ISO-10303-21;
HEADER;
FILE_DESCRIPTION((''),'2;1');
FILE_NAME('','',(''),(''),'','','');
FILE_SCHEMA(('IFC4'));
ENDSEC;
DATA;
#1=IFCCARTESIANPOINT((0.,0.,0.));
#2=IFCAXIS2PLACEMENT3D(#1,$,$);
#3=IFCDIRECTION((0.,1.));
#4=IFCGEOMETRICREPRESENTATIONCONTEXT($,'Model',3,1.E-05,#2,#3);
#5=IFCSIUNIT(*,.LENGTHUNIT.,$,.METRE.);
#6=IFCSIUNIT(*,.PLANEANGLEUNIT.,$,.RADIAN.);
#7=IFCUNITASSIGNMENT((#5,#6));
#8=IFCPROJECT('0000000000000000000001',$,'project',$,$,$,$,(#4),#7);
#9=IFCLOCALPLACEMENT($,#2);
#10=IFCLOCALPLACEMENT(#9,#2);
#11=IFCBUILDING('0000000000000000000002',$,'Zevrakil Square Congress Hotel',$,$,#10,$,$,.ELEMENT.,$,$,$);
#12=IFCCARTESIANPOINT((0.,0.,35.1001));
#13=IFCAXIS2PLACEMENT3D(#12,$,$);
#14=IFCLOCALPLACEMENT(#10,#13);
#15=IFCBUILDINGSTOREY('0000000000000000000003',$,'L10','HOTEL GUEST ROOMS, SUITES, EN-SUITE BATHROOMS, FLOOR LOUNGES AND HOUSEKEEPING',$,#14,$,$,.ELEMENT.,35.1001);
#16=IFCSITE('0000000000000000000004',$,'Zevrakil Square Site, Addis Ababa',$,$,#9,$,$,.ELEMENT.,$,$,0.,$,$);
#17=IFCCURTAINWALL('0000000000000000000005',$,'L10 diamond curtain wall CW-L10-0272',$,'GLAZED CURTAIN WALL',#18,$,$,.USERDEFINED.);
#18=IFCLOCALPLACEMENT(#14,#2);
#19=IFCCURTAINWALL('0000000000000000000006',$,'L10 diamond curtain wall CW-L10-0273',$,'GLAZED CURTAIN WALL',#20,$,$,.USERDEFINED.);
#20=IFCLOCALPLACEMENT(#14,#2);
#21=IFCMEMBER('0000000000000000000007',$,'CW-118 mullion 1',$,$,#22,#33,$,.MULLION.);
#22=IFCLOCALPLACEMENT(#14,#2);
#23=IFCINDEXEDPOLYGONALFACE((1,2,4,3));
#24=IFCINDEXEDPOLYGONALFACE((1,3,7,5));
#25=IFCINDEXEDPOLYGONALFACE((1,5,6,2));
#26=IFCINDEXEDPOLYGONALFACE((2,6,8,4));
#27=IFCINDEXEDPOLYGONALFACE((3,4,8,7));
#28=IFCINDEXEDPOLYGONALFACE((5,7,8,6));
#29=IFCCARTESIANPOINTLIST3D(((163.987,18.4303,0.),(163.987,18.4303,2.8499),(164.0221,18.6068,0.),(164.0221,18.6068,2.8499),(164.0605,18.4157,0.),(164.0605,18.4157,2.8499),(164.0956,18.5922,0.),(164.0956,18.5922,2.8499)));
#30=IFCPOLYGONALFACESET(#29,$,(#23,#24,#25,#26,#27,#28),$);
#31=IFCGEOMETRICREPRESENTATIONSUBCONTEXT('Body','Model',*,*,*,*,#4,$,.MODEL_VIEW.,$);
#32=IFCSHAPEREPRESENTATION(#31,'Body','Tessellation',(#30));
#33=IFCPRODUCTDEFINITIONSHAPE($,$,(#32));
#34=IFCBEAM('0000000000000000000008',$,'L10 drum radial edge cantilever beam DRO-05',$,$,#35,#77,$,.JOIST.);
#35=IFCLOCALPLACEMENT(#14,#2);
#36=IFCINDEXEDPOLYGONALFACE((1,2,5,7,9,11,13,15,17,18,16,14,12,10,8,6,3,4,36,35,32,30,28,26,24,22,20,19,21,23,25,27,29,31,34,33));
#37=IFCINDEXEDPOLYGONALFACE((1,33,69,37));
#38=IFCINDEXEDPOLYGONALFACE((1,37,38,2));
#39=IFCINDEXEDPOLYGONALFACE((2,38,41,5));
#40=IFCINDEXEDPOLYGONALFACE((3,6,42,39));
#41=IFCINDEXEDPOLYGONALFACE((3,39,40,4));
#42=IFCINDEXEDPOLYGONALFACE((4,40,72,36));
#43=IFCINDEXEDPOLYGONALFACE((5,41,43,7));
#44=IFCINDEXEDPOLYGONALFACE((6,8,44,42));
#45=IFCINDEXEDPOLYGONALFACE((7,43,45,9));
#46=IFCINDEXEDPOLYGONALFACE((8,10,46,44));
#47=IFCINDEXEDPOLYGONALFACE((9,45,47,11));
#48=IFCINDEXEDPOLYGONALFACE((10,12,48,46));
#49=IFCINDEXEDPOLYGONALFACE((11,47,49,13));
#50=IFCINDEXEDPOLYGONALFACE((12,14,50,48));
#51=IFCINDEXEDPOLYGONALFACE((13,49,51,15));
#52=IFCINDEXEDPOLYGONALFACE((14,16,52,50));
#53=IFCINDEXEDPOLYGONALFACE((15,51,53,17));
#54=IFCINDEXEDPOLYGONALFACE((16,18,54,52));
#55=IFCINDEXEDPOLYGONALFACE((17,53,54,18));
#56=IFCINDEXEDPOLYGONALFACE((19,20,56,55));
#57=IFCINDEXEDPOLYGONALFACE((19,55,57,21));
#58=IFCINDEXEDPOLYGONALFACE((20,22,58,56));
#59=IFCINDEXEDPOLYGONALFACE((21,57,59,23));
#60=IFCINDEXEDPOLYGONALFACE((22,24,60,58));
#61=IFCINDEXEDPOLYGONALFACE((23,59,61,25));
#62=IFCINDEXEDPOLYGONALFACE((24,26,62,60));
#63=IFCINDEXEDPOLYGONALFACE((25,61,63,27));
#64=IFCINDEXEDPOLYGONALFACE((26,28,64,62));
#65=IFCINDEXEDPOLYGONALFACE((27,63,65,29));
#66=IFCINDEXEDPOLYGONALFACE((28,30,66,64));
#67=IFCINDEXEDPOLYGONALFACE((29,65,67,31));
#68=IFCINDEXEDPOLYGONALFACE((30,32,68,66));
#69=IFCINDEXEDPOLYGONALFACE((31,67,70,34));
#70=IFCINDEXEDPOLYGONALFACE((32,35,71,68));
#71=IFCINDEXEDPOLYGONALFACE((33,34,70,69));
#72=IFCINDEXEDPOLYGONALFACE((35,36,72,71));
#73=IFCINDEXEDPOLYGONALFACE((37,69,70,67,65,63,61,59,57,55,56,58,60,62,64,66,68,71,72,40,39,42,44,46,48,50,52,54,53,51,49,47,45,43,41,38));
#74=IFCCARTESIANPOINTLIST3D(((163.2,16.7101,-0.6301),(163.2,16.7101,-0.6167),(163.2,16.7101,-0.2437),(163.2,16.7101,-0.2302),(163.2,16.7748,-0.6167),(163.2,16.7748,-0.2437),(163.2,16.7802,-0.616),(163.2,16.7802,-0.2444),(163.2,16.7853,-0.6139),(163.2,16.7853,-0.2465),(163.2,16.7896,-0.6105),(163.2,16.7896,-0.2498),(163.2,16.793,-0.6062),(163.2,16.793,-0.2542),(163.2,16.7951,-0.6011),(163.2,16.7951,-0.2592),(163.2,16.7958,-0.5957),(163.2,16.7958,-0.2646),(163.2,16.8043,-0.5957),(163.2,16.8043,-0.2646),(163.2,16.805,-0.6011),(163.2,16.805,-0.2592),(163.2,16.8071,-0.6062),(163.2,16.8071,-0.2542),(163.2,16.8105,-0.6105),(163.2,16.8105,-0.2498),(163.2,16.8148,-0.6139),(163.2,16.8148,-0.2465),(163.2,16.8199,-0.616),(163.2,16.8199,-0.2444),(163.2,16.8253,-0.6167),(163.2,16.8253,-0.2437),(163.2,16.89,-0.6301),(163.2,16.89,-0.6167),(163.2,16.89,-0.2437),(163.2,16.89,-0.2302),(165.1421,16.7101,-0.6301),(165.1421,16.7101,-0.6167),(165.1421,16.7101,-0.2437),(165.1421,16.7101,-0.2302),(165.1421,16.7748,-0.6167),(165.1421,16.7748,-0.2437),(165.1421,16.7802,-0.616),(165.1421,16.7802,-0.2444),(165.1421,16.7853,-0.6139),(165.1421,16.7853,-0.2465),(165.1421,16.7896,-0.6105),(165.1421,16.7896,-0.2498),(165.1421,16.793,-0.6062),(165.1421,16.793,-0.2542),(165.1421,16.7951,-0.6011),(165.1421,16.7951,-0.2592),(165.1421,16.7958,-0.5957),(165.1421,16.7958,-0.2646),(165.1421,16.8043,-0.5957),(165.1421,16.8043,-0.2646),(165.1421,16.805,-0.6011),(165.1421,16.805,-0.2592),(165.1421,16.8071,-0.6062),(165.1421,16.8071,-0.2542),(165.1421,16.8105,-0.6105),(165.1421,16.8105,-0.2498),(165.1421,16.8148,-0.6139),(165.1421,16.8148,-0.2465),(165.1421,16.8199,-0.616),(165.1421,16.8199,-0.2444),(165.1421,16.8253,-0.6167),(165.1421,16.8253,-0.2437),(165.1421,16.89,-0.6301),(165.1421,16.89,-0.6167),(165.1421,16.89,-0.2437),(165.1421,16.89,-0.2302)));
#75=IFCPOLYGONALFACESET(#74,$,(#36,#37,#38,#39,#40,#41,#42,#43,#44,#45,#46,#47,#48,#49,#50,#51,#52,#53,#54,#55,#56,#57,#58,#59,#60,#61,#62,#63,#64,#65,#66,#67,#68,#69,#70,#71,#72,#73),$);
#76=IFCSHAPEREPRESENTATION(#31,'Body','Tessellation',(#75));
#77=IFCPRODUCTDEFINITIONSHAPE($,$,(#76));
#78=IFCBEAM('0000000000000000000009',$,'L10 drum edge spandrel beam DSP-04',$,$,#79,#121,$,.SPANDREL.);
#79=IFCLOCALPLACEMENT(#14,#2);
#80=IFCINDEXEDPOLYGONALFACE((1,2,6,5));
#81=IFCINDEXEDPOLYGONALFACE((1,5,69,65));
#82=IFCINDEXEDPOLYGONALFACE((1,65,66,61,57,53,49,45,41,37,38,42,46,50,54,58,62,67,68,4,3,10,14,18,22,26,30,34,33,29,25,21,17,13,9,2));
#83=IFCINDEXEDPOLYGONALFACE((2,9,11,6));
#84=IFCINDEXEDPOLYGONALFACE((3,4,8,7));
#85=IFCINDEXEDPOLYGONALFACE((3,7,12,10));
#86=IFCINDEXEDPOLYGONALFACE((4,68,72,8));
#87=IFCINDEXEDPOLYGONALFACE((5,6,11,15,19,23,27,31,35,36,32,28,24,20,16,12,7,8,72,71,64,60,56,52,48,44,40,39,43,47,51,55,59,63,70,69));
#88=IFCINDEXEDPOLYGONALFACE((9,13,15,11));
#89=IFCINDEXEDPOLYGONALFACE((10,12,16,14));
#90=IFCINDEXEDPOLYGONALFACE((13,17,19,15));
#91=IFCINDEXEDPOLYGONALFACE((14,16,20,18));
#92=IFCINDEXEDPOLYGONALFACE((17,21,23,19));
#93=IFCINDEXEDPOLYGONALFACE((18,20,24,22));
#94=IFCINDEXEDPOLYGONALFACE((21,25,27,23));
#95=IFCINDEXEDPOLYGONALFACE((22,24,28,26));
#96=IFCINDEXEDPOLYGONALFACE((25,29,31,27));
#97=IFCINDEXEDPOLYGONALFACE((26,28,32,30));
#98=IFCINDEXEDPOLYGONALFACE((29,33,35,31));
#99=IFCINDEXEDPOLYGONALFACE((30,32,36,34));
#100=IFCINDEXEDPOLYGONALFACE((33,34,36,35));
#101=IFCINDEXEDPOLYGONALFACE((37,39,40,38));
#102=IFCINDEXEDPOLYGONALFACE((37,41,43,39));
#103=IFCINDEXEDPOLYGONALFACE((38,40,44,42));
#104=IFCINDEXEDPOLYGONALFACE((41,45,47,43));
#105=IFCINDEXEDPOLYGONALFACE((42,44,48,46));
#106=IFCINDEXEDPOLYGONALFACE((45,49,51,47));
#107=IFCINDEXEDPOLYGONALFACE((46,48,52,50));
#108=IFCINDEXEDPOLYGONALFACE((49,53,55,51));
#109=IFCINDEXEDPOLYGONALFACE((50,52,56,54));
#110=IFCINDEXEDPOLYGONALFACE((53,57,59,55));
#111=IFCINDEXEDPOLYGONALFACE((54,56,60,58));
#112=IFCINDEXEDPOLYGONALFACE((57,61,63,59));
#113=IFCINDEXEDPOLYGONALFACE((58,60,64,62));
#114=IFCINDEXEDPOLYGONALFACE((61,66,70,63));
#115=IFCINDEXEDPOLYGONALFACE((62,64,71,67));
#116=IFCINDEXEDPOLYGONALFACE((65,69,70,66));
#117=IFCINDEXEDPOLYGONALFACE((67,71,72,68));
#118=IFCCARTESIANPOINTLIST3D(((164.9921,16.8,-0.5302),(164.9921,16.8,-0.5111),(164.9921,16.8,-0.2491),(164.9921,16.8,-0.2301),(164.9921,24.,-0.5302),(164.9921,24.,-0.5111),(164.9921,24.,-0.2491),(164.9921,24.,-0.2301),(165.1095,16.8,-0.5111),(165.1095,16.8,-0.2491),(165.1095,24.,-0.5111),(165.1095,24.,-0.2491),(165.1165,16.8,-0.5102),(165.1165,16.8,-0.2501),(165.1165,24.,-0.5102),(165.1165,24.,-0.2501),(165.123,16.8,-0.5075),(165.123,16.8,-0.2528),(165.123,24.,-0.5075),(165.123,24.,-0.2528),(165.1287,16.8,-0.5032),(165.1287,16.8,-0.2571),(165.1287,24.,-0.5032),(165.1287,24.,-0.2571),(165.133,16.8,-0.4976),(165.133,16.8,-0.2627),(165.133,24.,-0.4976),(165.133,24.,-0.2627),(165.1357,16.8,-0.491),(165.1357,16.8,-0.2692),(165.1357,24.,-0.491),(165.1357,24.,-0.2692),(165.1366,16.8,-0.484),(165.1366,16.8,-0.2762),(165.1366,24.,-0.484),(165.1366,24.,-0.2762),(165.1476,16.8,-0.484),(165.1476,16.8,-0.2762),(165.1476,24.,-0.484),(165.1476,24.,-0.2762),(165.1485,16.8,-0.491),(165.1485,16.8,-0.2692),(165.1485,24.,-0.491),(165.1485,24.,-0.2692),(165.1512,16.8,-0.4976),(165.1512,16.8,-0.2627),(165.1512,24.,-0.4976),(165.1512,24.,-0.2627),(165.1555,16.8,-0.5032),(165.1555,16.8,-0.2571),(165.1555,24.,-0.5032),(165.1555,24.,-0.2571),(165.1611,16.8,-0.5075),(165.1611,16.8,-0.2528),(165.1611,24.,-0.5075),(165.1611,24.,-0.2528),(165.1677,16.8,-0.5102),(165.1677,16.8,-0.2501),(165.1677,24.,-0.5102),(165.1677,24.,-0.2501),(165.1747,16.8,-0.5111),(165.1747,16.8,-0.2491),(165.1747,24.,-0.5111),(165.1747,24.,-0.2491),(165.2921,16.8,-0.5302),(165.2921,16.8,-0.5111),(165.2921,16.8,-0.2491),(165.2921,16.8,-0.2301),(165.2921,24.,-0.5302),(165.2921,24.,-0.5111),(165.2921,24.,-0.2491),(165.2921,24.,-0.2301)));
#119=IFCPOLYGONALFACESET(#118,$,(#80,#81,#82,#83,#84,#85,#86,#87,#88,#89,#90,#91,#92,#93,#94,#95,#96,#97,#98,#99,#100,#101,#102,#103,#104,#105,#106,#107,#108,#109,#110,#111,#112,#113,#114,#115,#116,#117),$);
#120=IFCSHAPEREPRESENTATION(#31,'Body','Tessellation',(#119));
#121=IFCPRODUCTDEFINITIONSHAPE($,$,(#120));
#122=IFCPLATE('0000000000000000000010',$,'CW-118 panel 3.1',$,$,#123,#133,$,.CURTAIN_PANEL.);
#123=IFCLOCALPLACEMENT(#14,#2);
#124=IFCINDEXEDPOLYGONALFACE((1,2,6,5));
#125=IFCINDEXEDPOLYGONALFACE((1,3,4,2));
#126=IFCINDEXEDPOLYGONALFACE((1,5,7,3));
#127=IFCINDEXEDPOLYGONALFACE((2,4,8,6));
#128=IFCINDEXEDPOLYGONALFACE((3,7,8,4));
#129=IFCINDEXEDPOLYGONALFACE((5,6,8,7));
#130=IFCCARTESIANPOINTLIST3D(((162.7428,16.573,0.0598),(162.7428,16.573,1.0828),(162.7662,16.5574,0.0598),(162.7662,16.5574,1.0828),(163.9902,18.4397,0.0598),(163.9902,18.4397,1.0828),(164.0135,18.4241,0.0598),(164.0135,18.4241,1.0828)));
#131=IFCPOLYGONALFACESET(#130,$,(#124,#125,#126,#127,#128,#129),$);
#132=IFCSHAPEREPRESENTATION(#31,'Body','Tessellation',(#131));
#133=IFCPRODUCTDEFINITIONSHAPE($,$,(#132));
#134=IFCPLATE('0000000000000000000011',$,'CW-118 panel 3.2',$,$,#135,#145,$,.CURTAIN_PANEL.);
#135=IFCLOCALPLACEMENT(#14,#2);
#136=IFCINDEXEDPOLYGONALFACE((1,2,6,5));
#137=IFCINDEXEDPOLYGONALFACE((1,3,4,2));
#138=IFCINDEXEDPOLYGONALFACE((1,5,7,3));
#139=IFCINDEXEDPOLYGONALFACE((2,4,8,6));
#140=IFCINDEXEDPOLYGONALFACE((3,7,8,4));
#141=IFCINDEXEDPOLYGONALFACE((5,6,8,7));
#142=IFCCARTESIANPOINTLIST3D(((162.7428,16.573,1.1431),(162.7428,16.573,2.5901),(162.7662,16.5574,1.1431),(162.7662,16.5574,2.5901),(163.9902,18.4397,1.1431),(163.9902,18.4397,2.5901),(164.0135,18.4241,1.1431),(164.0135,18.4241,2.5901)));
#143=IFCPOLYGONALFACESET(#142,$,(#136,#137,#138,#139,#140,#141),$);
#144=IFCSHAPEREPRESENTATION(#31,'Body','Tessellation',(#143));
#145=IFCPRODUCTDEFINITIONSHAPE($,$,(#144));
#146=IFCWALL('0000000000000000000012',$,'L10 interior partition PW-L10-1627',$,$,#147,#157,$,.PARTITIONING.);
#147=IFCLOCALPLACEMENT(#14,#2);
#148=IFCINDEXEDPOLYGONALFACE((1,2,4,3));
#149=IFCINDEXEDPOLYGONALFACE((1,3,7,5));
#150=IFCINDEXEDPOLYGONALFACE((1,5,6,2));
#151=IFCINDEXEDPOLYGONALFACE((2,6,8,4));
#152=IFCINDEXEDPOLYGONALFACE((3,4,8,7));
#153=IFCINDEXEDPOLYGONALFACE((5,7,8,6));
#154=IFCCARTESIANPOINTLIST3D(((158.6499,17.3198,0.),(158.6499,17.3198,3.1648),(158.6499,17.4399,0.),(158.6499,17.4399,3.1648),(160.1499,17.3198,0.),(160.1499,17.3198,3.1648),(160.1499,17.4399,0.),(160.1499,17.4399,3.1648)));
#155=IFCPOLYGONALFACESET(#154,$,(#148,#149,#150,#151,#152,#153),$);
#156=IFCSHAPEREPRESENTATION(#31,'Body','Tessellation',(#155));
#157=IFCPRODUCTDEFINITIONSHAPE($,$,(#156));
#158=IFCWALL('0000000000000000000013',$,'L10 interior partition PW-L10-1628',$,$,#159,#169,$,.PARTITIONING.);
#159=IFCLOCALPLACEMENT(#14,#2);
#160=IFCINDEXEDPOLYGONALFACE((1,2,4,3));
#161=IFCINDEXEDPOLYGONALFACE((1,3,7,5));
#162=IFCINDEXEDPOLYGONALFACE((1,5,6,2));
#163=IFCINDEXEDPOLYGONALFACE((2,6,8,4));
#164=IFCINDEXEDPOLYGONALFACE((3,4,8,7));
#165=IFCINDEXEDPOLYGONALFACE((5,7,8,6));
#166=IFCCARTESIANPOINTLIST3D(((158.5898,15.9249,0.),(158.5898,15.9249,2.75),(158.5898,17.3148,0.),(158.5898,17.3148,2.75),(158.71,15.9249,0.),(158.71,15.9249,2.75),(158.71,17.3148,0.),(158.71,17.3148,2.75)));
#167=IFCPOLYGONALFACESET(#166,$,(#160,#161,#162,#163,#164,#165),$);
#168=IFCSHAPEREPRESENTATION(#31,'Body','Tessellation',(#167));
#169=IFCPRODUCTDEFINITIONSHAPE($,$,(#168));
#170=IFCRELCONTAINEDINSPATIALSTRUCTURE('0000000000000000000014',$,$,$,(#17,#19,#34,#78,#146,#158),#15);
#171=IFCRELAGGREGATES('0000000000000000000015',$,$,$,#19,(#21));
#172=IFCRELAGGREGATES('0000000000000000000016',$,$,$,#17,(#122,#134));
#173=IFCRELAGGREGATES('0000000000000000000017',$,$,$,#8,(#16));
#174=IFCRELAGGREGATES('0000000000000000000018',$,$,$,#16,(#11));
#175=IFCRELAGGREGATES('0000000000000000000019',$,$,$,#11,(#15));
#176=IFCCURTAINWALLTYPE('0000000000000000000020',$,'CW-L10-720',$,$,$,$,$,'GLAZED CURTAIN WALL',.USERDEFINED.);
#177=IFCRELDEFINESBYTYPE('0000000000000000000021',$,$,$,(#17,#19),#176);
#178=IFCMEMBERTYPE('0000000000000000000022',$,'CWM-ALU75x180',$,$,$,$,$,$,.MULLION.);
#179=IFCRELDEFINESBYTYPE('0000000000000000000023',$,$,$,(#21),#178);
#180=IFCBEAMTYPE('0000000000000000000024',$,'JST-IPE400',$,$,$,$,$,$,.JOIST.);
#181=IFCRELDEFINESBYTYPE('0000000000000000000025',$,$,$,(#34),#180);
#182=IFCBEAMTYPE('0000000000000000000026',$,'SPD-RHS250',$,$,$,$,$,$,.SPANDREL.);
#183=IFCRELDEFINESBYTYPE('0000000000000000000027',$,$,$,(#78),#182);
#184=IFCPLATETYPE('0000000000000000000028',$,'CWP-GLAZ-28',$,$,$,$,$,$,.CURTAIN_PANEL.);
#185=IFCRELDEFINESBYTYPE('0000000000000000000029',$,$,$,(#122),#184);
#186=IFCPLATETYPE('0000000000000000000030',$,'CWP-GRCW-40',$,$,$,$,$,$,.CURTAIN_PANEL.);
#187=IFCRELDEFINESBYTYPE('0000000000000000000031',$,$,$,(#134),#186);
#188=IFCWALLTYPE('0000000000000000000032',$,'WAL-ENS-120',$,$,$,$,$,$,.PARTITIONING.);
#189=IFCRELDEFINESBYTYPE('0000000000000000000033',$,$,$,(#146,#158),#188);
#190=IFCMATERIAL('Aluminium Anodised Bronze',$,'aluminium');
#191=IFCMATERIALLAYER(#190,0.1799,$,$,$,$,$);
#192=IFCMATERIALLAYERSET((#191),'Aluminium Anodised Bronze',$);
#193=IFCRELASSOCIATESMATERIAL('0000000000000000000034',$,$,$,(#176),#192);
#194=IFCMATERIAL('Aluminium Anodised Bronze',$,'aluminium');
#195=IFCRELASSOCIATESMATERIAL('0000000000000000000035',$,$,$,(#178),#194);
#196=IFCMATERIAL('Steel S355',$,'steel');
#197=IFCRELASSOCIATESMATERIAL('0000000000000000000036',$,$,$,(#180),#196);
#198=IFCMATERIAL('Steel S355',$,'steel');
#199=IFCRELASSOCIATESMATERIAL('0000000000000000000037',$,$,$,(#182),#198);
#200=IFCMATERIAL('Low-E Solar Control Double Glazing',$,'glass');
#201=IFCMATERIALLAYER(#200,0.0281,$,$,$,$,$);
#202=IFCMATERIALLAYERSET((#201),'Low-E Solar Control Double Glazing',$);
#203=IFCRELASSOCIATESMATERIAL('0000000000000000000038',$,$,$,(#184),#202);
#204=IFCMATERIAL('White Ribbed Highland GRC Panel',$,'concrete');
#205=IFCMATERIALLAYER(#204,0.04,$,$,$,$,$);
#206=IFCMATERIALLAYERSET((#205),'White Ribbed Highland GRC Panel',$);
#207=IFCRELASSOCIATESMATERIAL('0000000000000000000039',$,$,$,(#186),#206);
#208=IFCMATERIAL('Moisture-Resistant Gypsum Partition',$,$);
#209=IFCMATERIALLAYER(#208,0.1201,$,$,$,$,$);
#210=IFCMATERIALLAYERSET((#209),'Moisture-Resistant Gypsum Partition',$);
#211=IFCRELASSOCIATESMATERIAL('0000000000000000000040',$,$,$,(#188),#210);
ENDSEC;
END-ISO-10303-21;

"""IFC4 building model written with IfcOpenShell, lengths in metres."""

from ifc_helpers import new_model, si_unit, direction, frame, frame_2d, origin, origin_2d, place, context, subcontext, project, spatial, rectangle, i_section, extrude, material, layer, layer_set, material_profile, profile_set, type_object, element, aggregate, save


model = new_model("IFC4")

# Units and contexts
model_context = context("Model", 3, precision=1e-05, world=origin(), true_north=direction((0.0, 1.0)))
body_context = subcontext(model_context, "Body", "Model", "MODEL_VIEW")
ifc_project = project(units=[si_unit("LENGTHUNIT", "METRE"), si_unit("PLANEANGLEUNIT", "RADIAN")], contexts=[model_context])

# Site, building, storey
site_placement = place(None, origin())
site = spatial("IfcSite", under=ifc_project, at=site_placement, Name="Zevrakil Square Site, Addis Ababa", CompositionType="ELEMENT", RefElevation=0.0)
building_placement = place(site_placement, origin())
building = spatial("IfcBuilding", under=site, at=building_placement, Name="Zevrakil Square Congress Hotel", CompositionType="ELEMENT")
storey_placement = place(building_placement, frame((0.0, 0.0, 35.1001)))
storey = spatial("IfcBuildingStorey", under=building, at=storey_placement, Name="L10", Description="HOTEL GUEST ROOMS, SUITES, EN-SUITE BATHROOMS, FLOOR LOUNGES AND HOUSEKEEPING", CompositionType="ELEMENT", Elevation=35.1001)

# Curtain walls
ifc_material_1 = material(Name="Aluminium Anodised Bronze", Category="aluminium")
ifc_layer_1 = layer(ifc_material_1, 0.1799)
ifc_layer_set_1 = layer_set([ifc_layer_1], Name="Aluminium Anodised Bronze")
curtain_wall_type = type_object("IfcCurtainWallType", Name="CW-L10-720", ElementType="GLAZED CURTAIN WALL", PredefinedType="USERDEFINED", material=ifc_layer_set_1)
curtain_wall_1_placement = place(storey_placement, origin())
curtain_wall_1 = element("IfcCurtainWall", 1, at=curtain_wall_1_placement, inside=storey, type_object=curtain_wall_type, Name="L10 diamond curtain wall CW-L10-0272", ObjectType="GLAZED CURTAIN WALL", PredefinedType="USERDEFINED")
curtain_wall_2_placement = place(storey_placement, origin())
curtain_wall_2 = element("IfcCurtainWall", 2, at=curtain_wall_2_placement, inside=storey, type_object=curtain_wall_type, Name="L10 diamond curtain wall CW-L10-0273", ObjectType="GLAZED CURTAIN WALL", PredefinedType="USERDEFINED")

# Member
ifc_material_2 = material(Name="Aluminium Anodised Bronze", Category="aluminium")
ifc_material_profile_1 = material_profile(ifc_material_2, rectangle(XDim=0.075, YDim=0.1799, at=origin_2d()), Name="ALU 75x180")
ifc_profile_set_1 = profile_set([ifc_material_profile_1], Name="Aluminium Anodised Bronze")
member_type_1 = type_object("IfcMemberType", Name="CWM-ALU75x180", PredefinedType="MULLION", material=ifc_profile_set_1)
member_1_placement = place(storey_placement, frame((164.0413, 18.5112, 0.0), z_axis=(0.0, 0.0, 1.0), x_axis=(-0.980787, 0.195084, 0.0)))
member_1 = element("IfcMember", 3, at=member_1_placement, type_object=member_type_1, Name="CW-118 mullion 1", PredefinedType="MULLION", context=body_context, shape_type="SweptSolid", body=[
    extrude(rectangle(XDim=0.075, YDim=0.1799, at=origin_2d()), origin(), (0.0, 0.0, 1.0), 2.8499),
])
aggregate(curtain_wall_2, [member_1])

# Beams
ifc_material_3 = material(Name="Steel S355", Category="steel")
ifc_material_profile_2 = material_profile(ifc_material_3, i_section(OverallWidth=0.1799, OverallDepth=0.3999, WebThickness=0.0085, FlangeThickness=0.0134, FilletRadius=0.021, at=origin_2d()), Name="IPE 400")
ifc_profile_set_2 = profile_set([ifc_material_profile_2], Name="Steel S355")
beam_type_1 = type_object("IfcBeamType", Name="JST-IPE400", PredefinedType="JOIST", material=ifc_profile_set_2)
beam_1_placement = place(storey_placement, frame((163.2, 16.8, -0.4302), z_axis=(1.0, 0.0, 0.0), x_axis=(0.0, 1.0, 0.0)))
element("IfcBeam", 4, at=beam_1_placement, inside=storey, type_object=beam_type_1, Name="L10 drum radial edge cantilever beam DRO-05", PredefinedType="JOIST", context=body_context, shape_type="SweptSolid", body=[
    extrude(i_section(OverallWidth=0.1799, OverallDepth=0.3999, WebThickness=0.0085, FlangeThickness=0.0134, FilletRadius=0.021, at=origin_2d()), origin(), (0.0, 0.0, 1.0), 1.9421),
])
ifc_material_4 = material(Name="Steel S355", Category="steel")
ifc_material_profile_3 = material_profile(ifc_material_4, i_section(OverallWidth=0.3, OverallDepth=0.3, WebThickness=0.011, FlangeThickness=0.019, FilletRadius=0.0271, at=origin_2d()), Name="HEB 300")
ifc_profile_set_3 = profile_set([ifc_material_profile_3], Name="Steel S355")
beam_type_2 = type_object("IfcBeamType", Name="SPD-RHS250", PredefinedType="SPANDREL", material=ifc_profile_set_3)
beam_2_placement = place(storey_placement, frame((165.1421, 16.8, -0.3801), z_axis=(0.0, 1.0, 0.0), x_axis=(-1.0, 0.0, 0.0)))
element("IfcBeam", 5, at=beam_2_placement, inside=storey, type_object=beam_type_2, Name="L10 drum edge spandrel beam DSP-04", PredefinedType="SPANDREL", context=body_context, shape_type="SweptSolid", body=[
    extrude(i_section(OverallWidth=0.3, OverallDepth=0.3, WebThickness=0.011, FlangeThickness=0.019, FilletRadius=0.0271, at=origin_2d()), origin(), (0.0, 0.0, 1.0), 7.2),
])

# Plates
ifc_material_5 = material(Name="Low-E Solar Control Double Glazing", Category="glass")
ifc_layer_2 = layer(ifc_material_5, 0.0281)
ifc_layer_set_2 = layer_set([ifc_layer_2], Name="Low-E Solar Control Double Glazing")
plate_type_1 = type_object("IfcPlateType", Name="CWP-GLAZ-28", PredefinedType="CURTAIN_PANEL", material=ifc_layer_set_2)
plate_1_placement = place(storey_placement, frame((163.3782, 17.4985, 0.0598), z_axis=(0.0, 0.0, 1.0), x_axis=(0.555576, 0.831466, 0.0)))
plate_1 = element("IfcPlate", 6, at=plate_1_placement, type_object=plate_type_1, Name="CW-118 panel 3.1", PredefinedType="CURTAIN_PANEL", context=body_context, shape_type="SweptSolid", body=[
    extrude(rectangle(XDim=2.2451, YDim=0.0281, at=origin_2d()), origin(), (0.0, 0.0, 1.0), 1.0229),
])
ifc_material_6 = material(Name="White Ribbed Highland GRC Panel", Category="concrete")
ifc_layer_3 = layer(ifc_material_6, 0.04)
ifc_layer_set_3 = layer_set([ifc_layer_3], Name="White Ribbed Highland GRC Panel")
plate_type_2 = type_object("IfcPlateType", Name="CWP-GRCW-40", PredefinedType="CURTAIN_PANEL", material=ifc_layer_set_3)
plate_2_placement = place(storey_placement, frame((163.3782, 17.4985, 1.1431), z_axis=(0.0, 0.0, 1.0), x_axis=(0.555576, 0.831466, 0.0)))
plate_2 = element("IfcPlate", 7, at=plate_2_placement, type_object=plate_type_2, Name="CW-118 panel 3.2", PredefinedType="CURTAIN_PANEL", context=body_context, shape_type="SweptSolid", body=[
    extrude(rectangle(XDim=2.2451, YDim=0.0281, at=origin_2d()), origin(), (0.0, 0.0, 1.0), 1.447),
])
aggregate(curtain_wall_1, [plate_1, plate_2])

# Walls
ifc_material_7 = material(Name="Moisture-Resistant Gypsum Partition")
ifc_layer_4 = layer(ifc_material_7, 0.1201)
ifc_layer_set_4 = layer_set([ifc_layer_4], Name="Moisture-Resistant Gypsum Partition")
wall_type = type_object("IfcWallType", Name="WAL-ENS-120", PredefinedType="PARTITIONING", material=ifc_layer_set_4)
wall_1_placement = place(storey_placement, frame((158.6499, 17.3799, 0.0), z_axis=(0.0, 0.0, 1.0), x_axis=(1.0, 0.0, 0.0)))
element("IfcWall", 8, at=wall_1_placement, inside=storey, type_object=wall_type, Name="L10 interior partition PW-L10-1627", PredefinedType="PARTITIONING", context=body_context, shape_type="SweptSolid", body=[
    extrude(rectangle(XDim=1.5, YDim=0.1201, at=frame_2d((0.75, 0.0))), origin(), (0.0, 0.0, 1.0), 3.1648),
])
wall_2_placement = place(storey_placement, frame((158.6499, 15.925, 0.0), z_axis=(0.0, 0.0, 1.0), x_axis=(0.0, 1.0, 0.0)))
element("IfcWall", 9, at=wall_2_placement, inside=storey, type_object=wall_type, Name="L10 interior partition PW-L10-1628", PredefinedType="PARTITIONING", context=body_context, shape_type="SweptSolid", body=[
    extrude(rectangle(XDim=1.3899, YDim=0.1201, at=frame_2d((0.6948, 0.0))), origin(), (0.0, 0.0, 1.0), 2.75),
])

save(model, "model.ifc")
